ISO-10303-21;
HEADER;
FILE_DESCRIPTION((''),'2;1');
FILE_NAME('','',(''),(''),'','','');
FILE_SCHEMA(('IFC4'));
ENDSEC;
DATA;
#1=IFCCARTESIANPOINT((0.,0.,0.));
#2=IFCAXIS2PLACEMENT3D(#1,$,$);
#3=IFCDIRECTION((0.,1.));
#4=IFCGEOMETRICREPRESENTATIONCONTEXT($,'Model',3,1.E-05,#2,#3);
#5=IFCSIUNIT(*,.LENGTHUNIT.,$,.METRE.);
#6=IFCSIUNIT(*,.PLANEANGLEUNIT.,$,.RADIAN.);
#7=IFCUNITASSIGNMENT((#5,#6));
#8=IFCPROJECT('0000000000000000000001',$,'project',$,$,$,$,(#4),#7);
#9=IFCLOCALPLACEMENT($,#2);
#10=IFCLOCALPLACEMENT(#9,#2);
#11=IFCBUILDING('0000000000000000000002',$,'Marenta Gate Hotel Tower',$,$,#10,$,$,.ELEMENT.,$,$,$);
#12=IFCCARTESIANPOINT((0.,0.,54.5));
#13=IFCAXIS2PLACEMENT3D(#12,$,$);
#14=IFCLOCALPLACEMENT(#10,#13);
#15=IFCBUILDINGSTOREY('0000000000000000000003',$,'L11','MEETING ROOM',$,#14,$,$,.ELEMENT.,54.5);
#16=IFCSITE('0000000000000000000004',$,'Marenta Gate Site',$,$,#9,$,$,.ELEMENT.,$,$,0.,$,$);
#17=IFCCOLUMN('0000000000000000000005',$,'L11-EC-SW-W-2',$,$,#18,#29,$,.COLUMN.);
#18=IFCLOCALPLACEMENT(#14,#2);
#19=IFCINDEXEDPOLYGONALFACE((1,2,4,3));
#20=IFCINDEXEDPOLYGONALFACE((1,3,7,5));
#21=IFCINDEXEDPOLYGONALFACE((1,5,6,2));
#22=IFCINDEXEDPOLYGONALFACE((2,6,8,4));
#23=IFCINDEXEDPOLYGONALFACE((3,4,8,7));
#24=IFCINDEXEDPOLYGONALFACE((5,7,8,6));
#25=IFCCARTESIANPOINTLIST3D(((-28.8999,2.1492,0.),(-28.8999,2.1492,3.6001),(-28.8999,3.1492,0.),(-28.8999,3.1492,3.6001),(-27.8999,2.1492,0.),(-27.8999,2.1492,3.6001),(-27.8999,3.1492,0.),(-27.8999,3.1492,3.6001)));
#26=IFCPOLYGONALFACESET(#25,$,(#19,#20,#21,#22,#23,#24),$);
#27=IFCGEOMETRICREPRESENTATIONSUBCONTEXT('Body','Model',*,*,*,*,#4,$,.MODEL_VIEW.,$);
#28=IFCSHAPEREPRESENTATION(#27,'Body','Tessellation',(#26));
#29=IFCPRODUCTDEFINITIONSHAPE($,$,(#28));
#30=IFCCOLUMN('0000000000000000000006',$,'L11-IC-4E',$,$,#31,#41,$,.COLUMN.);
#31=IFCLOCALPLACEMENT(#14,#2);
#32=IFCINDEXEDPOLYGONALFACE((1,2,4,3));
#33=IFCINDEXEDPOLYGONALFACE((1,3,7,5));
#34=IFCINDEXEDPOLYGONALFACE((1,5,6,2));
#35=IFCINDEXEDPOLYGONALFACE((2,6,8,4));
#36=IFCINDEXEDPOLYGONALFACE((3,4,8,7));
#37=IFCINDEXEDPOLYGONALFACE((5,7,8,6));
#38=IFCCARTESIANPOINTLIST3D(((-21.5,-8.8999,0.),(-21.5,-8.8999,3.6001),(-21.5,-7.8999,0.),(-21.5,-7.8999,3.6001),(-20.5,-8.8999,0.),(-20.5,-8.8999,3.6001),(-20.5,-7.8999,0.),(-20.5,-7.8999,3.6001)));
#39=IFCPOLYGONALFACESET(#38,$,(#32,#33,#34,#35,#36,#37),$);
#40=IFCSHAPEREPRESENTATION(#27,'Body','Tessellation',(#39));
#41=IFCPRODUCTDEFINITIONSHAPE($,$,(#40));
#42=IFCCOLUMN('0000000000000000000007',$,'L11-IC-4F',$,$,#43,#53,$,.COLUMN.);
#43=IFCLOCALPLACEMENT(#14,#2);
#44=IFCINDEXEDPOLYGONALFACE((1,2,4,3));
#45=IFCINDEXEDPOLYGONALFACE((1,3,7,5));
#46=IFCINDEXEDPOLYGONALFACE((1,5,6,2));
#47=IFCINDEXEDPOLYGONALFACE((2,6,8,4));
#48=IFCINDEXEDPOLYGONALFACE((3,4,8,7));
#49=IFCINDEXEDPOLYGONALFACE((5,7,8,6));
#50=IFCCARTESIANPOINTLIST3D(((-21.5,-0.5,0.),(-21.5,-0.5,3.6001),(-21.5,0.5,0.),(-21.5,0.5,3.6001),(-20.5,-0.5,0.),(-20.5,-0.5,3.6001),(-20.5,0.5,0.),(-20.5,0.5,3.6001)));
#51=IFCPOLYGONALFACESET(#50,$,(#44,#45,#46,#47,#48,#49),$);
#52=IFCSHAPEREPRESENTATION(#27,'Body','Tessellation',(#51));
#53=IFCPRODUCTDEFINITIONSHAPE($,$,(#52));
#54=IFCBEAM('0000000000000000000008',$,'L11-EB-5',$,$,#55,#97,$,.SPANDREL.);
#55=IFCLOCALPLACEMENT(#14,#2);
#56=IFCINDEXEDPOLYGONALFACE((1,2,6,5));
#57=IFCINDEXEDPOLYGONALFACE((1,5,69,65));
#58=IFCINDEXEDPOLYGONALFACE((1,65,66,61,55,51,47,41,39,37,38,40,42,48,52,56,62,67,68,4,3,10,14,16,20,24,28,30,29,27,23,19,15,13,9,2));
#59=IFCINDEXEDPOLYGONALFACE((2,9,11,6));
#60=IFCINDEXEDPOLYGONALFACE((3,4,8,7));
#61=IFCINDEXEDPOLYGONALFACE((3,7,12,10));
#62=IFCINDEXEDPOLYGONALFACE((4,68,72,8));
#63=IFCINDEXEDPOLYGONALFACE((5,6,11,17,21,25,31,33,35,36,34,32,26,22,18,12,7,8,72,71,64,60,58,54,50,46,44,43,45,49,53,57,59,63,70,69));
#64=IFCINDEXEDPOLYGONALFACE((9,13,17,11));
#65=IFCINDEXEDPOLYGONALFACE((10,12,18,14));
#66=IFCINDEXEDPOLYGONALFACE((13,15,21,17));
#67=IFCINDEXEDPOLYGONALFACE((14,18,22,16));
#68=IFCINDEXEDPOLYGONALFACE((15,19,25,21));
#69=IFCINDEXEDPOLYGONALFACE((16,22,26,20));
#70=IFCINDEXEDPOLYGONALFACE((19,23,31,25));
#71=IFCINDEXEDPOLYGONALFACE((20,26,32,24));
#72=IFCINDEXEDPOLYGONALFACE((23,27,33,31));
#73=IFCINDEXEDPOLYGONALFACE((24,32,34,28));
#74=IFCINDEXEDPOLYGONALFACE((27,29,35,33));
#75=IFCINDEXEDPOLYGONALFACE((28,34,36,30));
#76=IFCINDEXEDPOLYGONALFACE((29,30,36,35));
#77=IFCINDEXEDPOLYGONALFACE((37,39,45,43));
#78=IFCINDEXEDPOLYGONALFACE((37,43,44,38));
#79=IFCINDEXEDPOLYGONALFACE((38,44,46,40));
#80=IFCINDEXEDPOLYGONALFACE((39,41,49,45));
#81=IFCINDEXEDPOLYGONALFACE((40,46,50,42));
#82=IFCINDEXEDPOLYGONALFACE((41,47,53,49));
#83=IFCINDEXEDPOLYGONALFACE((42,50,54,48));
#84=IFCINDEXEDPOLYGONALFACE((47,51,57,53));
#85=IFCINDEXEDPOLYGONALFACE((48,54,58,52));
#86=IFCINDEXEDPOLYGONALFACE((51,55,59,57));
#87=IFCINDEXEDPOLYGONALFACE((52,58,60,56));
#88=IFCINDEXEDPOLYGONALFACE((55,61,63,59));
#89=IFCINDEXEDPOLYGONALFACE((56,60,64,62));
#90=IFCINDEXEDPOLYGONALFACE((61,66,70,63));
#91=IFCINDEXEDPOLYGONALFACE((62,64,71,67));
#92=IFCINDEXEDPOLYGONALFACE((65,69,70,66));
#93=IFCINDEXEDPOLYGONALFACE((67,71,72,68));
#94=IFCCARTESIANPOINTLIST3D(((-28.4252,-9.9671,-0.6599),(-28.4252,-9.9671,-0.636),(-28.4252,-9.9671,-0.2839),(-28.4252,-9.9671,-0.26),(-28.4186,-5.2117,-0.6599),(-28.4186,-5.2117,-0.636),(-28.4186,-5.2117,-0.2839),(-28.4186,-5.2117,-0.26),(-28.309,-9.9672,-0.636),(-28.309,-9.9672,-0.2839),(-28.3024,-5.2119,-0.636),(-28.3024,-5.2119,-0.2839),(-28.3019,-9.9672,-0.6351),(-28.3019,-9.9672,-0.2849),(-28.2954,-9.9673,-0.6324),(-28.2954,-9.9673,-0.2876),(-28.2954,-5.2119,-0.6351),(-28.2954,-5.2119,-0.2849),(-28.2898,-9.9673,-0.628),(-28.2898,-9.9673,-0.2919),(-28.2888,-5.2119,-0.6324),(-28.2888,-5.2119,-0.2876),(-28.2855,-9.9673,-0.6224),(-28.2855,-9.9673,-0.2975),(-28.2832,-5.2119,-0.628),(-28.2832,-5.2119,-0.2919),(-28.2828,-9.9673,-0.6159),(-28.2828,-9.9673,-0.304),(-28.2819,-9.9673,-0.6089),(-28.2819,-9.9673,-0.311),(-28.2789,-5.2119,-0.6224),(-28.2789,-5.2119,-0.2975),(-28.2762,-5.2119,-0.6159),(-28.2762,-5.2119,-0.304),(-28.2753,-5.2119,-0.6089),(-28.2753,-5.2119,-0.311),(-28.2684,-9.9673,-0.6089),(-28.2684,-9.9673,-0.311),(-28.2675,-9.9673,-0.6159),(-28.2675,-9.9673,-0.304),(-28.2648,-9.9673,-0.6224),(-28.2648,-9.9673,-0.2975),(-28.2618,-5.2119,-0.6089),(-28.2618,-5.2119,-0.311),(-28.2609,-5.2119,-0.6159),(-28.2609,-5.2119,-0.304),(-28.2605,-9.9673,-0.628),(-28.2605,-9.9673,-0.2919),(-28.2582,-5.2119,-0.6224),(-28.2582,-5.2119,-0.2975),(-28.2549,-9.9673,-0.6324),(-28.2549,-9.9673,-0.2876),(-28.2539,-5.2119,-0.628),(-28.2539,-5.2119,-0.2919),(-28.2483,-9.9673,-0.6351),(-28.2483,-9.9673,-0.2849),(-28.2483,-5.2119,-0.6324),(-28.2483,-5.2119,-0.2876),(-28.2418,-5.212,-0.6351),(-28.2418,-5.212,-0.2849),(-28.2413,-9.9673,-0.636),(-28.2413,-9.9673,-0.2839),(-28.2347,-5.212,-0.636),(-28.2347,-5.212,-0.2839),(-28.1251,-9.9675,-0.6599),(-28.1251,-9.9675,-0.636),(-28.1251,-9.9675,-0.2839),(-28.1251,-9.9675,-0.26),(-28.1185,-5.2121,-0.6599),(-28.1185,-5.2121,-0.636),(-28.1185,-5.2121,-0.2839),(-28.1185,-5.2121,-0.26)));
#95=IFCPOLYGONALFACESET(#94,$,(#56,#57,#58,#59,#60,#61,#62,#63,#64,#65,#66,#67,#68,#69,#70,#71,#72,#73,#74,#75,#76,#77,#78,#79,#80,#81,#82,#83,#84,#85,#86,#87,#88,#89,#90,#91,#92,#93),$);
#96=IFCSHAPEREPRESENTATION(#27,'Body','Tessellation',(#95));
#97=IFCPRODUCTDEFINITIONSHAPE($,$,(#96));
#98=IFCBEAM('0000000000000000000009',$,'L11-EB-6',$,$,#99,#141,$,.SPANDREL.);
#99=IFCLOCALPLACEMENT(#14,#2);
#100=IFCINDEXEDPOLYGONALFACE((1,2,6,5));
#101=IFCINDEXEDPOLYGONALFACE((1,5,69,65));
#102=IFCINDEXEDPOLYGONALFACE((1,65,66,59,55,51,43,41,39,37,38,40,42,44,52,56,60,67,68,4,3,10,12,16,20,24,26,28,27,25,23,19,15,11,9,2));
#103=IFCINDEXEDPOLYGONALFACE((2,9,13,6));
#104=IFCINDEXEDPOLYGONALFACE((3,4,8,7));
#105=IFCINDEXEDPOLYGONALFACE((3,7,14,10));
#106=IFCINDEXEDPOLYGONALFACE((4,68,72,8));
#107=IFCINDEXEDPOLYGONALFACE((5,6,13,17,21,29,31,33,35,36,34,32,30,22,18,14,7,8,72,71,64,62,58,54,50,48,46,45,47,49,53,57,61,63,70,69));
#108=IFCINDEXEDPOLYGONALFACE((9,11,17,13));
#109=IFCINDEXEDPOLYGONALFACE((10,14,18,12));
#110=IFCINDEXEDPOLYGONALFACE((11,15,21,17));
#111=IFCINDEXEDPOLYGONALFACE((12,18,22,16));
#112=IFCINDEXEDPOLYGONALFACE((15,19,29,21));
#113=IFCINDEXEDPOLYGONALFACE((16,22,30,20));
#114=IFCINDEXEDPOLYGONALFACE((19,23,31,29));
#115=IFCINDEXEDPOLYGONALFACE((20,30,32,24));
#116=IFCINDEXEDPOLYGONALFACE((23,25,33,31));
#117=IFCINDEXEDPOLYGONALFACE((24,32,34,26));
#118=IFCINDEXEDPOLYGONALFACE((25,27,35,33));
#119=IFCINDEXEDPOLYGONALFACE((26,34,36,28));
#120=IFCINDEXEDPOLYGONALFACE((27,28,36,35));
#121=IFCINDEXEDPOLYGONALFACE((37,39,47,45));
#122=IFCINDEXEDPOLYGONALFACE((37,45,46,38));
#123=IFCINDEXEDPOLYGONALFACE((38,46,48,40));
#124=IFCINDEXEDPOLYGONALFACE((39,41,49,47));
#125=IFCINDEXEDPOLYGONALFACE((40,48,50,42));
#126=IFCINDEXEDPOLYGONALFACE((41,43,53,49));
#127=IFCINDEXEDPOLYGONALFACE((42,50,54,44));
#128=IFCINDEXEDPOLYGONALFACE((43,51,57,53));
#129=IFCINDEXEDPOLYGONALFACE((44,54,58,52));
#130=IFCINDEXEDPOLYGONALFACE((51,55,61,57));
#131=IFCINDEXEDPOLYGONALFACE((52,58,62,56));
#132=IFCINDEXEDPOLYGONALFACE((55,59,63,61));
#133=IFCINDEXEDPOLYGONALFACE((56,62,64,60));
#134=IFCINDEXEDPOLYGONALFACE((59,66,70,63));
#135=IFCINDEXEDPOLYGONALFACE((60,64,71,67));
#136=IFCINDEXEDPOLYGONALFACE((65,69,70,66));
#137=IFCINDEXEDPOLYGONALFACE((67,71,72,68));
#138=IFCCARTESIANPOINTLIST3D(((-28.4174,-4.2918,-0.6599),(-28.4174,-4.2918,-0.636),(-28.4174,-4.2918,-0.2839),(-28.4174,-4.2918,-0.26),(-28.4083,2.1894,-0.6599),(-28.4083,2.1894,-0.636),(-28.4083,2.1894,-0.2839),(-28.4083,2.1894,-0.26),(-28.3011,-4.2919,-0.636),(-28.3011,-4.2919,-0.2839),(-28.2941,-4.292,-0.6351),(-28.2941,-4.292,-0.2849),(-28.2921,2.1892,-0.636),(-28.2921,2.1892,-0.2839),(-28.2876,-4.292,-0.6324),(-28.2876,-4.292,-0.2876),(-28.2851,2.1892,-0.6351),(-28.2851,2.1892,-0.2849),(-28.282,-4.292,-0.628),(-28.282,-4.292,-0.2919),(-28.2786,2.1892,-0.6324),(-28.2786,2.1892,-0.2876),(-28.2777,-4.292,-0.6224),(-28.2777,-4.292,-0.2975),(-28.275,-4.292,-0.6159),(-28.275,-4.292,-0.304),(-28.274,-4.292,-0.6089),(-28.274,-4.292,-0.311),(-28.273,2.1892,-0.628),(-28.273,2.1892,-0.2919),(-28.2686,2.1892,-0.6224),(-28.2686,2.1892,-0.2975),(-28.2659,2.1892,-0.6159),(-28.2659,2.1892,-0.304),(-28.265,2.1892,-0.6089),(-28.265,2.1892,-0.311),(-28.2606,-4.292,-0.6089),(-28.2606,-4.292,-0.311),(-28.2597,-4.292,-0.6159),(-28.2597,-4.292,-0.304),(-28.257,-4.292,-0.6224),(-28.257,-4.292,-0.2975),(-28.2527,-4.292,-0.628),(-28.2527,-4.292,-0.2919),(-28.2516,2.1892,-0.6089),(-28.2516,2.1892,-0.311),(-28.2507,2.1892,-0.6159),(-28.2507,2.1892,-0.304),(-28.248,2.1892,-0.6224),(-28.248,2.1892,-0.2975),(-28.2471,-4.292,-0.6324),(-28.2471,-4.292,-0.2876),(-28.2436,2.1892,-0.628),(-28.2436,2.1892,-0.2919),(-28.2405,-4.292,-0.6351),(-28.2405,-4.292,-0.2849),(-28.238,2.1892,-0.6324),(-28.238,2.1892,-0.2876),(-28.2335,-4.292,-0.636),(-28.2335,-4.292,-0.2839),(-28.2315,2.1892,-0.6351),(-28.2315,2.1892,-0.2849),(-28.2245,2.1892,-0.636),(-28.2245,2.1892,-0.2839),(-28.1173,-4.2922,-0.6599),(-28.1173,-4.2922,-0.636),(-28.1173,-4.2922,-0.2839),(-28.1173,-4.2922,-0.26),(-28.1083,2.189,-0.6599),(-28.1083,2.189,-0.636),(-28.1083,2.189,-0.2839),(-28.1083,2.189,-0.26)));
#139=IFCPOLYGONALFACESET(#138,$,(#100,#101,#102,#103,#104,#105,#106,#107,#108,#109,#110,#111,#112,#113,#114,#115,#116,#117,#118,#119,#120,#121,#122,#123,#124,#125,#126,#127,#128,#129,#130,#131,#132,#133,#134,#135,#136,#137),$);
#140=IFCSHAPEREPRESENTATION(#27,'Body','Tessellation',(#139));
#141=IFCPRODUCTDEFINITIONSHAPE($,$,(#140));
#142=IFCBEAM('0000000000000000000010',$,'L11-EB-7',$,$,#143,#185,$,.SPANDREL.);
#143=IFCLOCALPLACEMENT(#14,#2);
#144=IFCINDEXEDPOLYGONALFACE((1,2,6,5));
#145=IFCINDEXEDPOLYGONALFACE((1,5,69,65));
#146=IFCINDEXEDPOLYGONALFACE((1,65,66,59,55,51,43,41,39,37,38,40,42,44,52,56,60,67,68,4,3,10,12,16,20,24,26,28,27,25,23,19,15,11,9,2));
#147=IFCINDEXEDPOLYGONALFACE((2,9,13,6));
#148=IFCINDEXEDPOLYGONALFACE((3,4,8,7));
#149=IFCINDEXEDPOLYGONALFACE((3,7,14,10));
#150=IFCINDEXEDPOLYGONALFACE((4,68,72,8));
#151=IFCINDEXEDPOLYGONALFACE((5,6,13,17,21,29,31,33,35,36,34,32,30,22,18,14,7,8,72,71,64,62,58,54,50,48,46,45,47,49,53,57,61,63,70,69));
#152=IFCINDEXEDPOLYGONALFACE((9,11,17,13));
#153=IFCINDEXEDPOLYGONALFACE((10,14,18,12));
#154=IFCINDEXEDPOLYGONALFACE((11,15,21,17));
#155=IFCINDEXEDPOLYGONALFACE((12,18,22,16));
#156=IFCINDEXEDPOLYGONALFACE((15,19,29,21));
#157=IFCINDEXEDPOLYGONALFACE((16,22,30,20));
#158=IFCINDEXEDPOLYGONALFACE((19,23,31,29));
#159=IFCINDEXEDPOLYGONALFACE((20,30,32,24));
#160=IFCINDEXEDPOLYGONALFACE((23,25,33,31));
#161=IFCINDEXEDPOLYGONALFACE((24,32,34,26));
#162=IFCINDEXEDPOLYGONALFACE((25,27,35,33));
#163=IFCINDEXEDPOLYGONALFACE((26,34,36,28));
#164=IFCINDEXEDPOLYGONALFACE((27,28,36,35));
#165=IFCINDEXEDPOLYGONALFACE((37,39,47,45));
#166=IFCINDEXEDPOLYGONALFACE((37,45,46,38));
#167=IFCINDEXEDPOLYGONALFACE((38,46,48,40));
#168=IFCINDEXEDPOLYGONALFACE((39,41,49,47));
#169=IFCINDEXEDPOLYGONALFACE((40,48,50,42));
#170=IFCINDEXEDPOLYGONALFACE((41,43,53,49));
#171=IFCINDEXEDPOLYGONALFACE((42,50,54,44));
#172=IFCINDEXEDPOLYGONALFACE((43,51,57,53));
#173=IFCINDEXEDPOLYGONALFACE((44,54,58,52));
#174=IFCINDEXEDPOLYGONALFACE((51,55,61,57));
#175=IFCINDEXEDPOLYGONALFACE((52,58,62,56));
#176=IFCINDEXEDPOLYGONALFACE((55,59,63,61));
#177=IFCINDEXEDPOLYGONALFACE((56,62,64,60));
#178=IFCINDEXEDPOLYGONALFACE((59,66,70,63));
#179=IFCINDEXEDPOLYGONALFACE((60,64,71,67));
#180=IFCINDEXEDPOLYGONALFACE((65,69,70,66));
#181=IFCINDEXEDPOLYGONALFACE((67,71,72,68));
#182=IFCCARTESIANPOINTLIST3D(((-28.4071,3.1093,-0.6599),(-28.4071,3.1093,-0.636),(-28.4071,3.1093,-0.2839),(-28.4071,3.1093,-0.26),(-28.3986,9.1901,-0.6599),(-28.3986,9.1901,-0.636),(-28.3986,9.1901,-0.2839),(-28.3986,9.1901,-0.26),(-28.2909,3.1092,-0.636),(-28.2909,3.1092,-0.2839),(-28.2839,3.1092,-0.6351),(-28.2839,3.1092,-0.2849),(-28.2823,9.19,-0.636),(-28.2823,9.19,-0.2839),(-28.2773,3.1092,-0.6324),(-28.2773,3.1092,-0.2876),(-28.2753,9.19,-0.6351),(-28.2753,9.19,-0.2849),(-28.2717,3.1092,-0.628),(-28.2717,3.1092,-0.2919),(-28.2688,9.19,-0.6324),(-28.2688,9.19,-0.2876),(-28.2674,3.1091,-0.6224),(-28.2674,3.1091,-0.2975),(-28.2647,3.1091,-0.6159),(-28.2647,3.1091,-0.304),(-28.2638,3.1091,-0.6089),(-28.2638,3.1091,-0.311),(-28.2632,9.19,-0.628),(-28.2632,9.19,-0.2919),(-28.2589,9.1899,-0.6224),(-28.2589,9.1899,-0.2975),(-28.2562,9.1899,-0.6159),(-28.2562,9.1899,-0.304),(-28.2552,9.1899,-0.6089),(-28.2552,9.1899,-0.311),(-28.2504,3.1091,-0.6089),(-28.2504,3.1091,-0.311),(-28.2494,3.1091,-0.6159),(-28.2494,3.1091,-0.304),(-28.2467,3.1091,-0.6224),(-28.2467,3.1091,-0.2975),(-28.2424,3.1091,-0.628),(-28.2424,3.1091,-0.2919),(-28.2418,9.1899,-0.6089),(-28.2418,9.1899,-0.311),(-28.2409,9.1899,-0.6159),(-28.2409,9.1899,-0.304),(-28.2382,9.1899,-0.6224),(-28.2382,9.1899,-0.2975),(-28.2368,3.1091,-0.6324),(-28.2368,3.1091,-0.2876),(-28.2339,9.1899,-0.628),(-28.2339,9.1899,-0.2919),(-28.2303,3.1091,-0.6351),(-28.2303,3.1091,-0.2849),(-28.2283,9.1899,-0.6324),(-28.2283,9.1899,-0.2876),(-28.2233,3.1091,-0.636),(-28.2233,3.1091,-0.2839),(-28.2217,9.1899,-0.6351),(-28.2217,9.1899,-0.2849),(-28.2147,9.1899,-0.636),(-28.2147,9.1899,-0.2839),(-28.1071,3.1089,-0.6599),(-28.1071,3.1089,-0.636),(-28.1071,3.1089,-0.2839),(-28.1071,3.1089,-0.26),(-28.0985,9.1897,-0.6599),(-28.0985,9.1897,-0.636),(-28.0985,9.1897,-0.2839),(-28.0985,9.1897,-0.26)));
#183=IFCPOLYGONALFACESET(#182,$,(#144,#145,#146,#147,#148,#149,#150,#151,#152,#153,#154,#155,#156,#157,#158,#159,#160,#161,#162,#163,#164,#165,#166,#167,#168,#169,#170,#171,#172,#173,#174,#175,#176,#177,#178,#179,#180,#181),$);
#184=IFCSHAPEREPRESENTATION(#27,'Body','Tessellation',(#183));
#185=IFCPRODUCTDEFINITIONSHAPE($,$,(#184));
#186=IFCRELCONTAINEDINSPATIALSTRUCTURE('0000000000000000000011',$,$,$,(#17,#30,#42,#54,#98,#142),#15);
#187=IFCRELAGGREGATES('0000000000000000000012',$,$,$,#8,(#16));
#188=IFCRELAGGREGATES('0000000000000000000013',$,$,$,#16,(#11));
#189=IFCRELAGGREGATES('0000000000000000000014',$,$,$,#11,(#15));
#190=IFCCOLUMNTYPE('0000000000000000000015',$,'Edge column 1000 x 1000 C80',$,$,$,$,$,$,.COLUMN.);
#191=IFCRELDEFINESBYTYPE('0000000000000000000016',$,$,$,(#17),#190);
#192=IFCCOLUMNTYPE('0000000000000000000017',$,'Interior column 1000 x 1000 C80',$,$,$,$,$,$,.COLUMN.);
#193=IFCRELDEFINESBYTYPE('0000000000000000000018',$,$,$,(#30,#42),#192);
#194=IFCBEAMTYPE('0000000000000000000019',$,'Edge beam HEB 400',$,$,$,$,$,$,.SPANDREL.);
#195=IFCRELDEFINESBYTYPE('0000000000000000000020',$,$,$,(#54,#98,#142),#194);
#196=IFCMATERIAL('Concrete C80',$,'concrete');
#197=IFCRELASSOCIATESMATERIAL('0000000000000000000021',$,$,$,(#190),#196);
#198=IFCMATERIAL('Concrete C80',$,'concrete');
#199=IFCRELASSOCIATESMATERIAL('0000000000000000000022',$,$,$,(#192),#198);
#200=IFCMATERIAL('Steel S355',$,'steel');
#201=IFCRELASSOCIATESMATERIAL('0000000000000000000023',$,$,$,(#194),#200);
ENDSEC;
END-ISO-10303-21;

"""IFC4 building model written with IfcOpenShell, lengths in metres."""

from ifc_helpers import new_model, si_unit, direction, frame, origin, origin_2d, place, context, subcontext, project, spatial, rectangle, i_section, extrude, material, material_profile, profile_set, type_object, element, save


model = new_model("IFC4")

# Units and contexts
model_context = context("Model", 3, precision=1e-05, world=origin(), true_north=direction((0.0, 1.0)))
body_context = subcontext(model_context, "Body", "Model", "MODEL_VIEW")
ifc_project = project(units=[si_unit("LENGTHUNIT", "METRE"), si_unit("PLANEANGLEUNIT", "RADIAN")], contexts=[model_context])

# Site, building, storey
site_placement = place(None, origin())
site = spatial("IfcSite", under=ifc_project, at=site_placement, Name="Marenta Gate Site", CompositionType="ELEMENT", RefElevation=0.0)
building_placement = place(site_placement, origin())
building = spatial("IfcBuilding", under=site, at=building_placement, Name="Marenta Gate Hotel Tower", CompositionType="ELEMENT")
storey_placement = place(building_placement, frame((0.0, 0.0, 54.5)))
storey = spatial("IfcBuildingStorey", under=building, at=storey_placement, Name="L11", Description="MEETING ROOM", CompositionType="ELEMENT", Elevation=54.5)

# Columns
ifc_material_1 = material(Name="Concrete C80", Category="concrete")
ifc_material_profile_1 = material_profile(ifc_material_1, rectangle(XDim=1.0, YDim=1.0, at=origin_2d()), Name="1000 x 1000")
ifc_profile_set_1 = profile_set([ifc_material_profile_1], Name="Concrete C80")
column_type_1 = type_object("IfcColumnType", Name="Edge column 1000 x 1000 C80", PredefinedType="COLUMN", material=ifc_profile_set_1)
column_placement = place(storey_placement, frame((-28.3999, 2.6492, 0.0), z_axis=(0.0, 0.0, 1.0), x_axis=(1.0, 0.0, 0.0)))
element("IfcColumn", 1, at=column_placement, inside=storey, type_object=column_type_1, Name="L11-EC-SW-W-2", PredefinedType="COLUMN", context=body_context, shape_type="SweptSolid", body=[
    extrude(rectangle(XDim=1.0, YDim=1.0, at=origin_2d()), origin(), (0.0, 0.0, 1.0), 3.6001),
])
ifc_material_2 = material(Name="Concrete C80", Category="concrete")
ifc_material_profile_2 = material_profile(ifc_material_2, rectangle(XDim=1.0, YDim=1.0, at=origin_2d()), Name="1000 x 1000")
ifc_profile_set_2 = profile_set([ifc_material_profile_2], Name="Concrete C80")
column_type_2 = type_object("IfcColumnType", Name="Interior column 1000 x 1000 C80", PredefinedType="COLUMN", material=ifc_profile_set_2)
for number, where, z_axis, x_axis, name in (
    (2, (-21.0, -8.3999, 0.0), (0.0, 0.0, 1.0), (1.0, 0.0, 0.0), "L11-IC-4E"),
    (3, (-21.0, 0.0, 0.0), (0.0, 0.0, 1.0), (1.0, 0.0, 0.0), "L11-IC-4F"),
):
    element("IfcColumn", number, at=place(storey_placement, frame(where, z_axis=z_axis, x_axis=x_axis)), inside=storey, type_object=column_type_2, Name=name, PredefinedType="COLUMN", context=body_context, shape_type="SweptSolid", body=[
        extrude(rectangle(XDim=1.0, YDim=1.0, at=origin_2d()), origin(), (0.0, 0.0, 1.0), 3.6001),
    ])

# Beams
ifc_material_3 = material(Name="Steel S355", Category="steel")
ifc_material_profile_3 = material_profile(ifc_material_3, i_section(OverallWidth=0.3, OverallDepth=0.3999, WebThickness=0.0134, FlangeThickness=0.0239, FilletRadius=0.0271, at=origin_2d()), Name="HEB 400")
ifc_profile_set_3 = profile_set([ifc_material_profile_3], Name="Steel S355")
beam_type_1 = type_object("IfcBeamType", Name="Edge beam HEB 400", PredefinedType="SPANDREL", material=ifc_profile_set_3)
beam_1_placement = place(storey_placement, frame((-28.2751, -9.9673, -0.46), z_axis=(0.001386, 0.999999, 0.0), x_axis=(-0.999999, 0.001386, 0.0)))
element("IfcBeam", 4, at=beam_1_placement, inside=storey, type_object=beam_type_1, Name="L11-EB-5", PredefinedType="SPANDREL", context=body_context, shape_type="SweptSolid", body=[
    extrude(i_section(OverallWidth=0.3, OverallDepth=0.3999, WebThickness=0.0134, FlangeThickness=0.0239, FilletRadius=0.0271, at=origin_2d()), origin(), (0.0, 0.0, 1.0), 4.7554),
])
beam_2_placement = place(storey_placement, frame((-28.2673, -4.292, -0.46), z_axis=(0.001394, 0.999999, 0.0), x_axis=(-0.999999, 0.001394, 0.0)))
element("IfcBeam", 5, at=beam_2_placement, inside=storey, type_object=beam_type_1, Name="L11-EB-6", PredefinedType="SPANDREL", context=body_context, shape_type="SweptSolid", body=[
    extrude(i_section(OverallWidth=0.3, OverallDepth=0.3999, WebThickness=0.0134, FlangeThickness=0.0239, FilletRadius=0.0271, at=origin_2d()), origin(), (0.0, 0.0, 1.0), 6.4812),
])
beam_3_placement = place(storey_placement, frame((-28.2571, 3.1091, -0.46), z_axis=(0.001405, 0.999999, 0.0), x_axis=(-0.999999, 0.001405, 0.0)))
element("IfcBeam", 6, at=beam_3_placement, inside=storey, type_object=beam_type_1, Name="L11-EB-7", PredefinedType="SPANDREL", context=body_context, shape_type="SweptSolid", body=[
    extrude(i_section(OverallWidth=0.3, OverallDepth=0.3999, WebThickness=0.0134, FlangeThickness=0.0239, FilletRadius=0.0271, at=origin_2d()), origin(), (0.0, 0.0, 1.0), 6.0808),
])

save(model, "model.ifc")
